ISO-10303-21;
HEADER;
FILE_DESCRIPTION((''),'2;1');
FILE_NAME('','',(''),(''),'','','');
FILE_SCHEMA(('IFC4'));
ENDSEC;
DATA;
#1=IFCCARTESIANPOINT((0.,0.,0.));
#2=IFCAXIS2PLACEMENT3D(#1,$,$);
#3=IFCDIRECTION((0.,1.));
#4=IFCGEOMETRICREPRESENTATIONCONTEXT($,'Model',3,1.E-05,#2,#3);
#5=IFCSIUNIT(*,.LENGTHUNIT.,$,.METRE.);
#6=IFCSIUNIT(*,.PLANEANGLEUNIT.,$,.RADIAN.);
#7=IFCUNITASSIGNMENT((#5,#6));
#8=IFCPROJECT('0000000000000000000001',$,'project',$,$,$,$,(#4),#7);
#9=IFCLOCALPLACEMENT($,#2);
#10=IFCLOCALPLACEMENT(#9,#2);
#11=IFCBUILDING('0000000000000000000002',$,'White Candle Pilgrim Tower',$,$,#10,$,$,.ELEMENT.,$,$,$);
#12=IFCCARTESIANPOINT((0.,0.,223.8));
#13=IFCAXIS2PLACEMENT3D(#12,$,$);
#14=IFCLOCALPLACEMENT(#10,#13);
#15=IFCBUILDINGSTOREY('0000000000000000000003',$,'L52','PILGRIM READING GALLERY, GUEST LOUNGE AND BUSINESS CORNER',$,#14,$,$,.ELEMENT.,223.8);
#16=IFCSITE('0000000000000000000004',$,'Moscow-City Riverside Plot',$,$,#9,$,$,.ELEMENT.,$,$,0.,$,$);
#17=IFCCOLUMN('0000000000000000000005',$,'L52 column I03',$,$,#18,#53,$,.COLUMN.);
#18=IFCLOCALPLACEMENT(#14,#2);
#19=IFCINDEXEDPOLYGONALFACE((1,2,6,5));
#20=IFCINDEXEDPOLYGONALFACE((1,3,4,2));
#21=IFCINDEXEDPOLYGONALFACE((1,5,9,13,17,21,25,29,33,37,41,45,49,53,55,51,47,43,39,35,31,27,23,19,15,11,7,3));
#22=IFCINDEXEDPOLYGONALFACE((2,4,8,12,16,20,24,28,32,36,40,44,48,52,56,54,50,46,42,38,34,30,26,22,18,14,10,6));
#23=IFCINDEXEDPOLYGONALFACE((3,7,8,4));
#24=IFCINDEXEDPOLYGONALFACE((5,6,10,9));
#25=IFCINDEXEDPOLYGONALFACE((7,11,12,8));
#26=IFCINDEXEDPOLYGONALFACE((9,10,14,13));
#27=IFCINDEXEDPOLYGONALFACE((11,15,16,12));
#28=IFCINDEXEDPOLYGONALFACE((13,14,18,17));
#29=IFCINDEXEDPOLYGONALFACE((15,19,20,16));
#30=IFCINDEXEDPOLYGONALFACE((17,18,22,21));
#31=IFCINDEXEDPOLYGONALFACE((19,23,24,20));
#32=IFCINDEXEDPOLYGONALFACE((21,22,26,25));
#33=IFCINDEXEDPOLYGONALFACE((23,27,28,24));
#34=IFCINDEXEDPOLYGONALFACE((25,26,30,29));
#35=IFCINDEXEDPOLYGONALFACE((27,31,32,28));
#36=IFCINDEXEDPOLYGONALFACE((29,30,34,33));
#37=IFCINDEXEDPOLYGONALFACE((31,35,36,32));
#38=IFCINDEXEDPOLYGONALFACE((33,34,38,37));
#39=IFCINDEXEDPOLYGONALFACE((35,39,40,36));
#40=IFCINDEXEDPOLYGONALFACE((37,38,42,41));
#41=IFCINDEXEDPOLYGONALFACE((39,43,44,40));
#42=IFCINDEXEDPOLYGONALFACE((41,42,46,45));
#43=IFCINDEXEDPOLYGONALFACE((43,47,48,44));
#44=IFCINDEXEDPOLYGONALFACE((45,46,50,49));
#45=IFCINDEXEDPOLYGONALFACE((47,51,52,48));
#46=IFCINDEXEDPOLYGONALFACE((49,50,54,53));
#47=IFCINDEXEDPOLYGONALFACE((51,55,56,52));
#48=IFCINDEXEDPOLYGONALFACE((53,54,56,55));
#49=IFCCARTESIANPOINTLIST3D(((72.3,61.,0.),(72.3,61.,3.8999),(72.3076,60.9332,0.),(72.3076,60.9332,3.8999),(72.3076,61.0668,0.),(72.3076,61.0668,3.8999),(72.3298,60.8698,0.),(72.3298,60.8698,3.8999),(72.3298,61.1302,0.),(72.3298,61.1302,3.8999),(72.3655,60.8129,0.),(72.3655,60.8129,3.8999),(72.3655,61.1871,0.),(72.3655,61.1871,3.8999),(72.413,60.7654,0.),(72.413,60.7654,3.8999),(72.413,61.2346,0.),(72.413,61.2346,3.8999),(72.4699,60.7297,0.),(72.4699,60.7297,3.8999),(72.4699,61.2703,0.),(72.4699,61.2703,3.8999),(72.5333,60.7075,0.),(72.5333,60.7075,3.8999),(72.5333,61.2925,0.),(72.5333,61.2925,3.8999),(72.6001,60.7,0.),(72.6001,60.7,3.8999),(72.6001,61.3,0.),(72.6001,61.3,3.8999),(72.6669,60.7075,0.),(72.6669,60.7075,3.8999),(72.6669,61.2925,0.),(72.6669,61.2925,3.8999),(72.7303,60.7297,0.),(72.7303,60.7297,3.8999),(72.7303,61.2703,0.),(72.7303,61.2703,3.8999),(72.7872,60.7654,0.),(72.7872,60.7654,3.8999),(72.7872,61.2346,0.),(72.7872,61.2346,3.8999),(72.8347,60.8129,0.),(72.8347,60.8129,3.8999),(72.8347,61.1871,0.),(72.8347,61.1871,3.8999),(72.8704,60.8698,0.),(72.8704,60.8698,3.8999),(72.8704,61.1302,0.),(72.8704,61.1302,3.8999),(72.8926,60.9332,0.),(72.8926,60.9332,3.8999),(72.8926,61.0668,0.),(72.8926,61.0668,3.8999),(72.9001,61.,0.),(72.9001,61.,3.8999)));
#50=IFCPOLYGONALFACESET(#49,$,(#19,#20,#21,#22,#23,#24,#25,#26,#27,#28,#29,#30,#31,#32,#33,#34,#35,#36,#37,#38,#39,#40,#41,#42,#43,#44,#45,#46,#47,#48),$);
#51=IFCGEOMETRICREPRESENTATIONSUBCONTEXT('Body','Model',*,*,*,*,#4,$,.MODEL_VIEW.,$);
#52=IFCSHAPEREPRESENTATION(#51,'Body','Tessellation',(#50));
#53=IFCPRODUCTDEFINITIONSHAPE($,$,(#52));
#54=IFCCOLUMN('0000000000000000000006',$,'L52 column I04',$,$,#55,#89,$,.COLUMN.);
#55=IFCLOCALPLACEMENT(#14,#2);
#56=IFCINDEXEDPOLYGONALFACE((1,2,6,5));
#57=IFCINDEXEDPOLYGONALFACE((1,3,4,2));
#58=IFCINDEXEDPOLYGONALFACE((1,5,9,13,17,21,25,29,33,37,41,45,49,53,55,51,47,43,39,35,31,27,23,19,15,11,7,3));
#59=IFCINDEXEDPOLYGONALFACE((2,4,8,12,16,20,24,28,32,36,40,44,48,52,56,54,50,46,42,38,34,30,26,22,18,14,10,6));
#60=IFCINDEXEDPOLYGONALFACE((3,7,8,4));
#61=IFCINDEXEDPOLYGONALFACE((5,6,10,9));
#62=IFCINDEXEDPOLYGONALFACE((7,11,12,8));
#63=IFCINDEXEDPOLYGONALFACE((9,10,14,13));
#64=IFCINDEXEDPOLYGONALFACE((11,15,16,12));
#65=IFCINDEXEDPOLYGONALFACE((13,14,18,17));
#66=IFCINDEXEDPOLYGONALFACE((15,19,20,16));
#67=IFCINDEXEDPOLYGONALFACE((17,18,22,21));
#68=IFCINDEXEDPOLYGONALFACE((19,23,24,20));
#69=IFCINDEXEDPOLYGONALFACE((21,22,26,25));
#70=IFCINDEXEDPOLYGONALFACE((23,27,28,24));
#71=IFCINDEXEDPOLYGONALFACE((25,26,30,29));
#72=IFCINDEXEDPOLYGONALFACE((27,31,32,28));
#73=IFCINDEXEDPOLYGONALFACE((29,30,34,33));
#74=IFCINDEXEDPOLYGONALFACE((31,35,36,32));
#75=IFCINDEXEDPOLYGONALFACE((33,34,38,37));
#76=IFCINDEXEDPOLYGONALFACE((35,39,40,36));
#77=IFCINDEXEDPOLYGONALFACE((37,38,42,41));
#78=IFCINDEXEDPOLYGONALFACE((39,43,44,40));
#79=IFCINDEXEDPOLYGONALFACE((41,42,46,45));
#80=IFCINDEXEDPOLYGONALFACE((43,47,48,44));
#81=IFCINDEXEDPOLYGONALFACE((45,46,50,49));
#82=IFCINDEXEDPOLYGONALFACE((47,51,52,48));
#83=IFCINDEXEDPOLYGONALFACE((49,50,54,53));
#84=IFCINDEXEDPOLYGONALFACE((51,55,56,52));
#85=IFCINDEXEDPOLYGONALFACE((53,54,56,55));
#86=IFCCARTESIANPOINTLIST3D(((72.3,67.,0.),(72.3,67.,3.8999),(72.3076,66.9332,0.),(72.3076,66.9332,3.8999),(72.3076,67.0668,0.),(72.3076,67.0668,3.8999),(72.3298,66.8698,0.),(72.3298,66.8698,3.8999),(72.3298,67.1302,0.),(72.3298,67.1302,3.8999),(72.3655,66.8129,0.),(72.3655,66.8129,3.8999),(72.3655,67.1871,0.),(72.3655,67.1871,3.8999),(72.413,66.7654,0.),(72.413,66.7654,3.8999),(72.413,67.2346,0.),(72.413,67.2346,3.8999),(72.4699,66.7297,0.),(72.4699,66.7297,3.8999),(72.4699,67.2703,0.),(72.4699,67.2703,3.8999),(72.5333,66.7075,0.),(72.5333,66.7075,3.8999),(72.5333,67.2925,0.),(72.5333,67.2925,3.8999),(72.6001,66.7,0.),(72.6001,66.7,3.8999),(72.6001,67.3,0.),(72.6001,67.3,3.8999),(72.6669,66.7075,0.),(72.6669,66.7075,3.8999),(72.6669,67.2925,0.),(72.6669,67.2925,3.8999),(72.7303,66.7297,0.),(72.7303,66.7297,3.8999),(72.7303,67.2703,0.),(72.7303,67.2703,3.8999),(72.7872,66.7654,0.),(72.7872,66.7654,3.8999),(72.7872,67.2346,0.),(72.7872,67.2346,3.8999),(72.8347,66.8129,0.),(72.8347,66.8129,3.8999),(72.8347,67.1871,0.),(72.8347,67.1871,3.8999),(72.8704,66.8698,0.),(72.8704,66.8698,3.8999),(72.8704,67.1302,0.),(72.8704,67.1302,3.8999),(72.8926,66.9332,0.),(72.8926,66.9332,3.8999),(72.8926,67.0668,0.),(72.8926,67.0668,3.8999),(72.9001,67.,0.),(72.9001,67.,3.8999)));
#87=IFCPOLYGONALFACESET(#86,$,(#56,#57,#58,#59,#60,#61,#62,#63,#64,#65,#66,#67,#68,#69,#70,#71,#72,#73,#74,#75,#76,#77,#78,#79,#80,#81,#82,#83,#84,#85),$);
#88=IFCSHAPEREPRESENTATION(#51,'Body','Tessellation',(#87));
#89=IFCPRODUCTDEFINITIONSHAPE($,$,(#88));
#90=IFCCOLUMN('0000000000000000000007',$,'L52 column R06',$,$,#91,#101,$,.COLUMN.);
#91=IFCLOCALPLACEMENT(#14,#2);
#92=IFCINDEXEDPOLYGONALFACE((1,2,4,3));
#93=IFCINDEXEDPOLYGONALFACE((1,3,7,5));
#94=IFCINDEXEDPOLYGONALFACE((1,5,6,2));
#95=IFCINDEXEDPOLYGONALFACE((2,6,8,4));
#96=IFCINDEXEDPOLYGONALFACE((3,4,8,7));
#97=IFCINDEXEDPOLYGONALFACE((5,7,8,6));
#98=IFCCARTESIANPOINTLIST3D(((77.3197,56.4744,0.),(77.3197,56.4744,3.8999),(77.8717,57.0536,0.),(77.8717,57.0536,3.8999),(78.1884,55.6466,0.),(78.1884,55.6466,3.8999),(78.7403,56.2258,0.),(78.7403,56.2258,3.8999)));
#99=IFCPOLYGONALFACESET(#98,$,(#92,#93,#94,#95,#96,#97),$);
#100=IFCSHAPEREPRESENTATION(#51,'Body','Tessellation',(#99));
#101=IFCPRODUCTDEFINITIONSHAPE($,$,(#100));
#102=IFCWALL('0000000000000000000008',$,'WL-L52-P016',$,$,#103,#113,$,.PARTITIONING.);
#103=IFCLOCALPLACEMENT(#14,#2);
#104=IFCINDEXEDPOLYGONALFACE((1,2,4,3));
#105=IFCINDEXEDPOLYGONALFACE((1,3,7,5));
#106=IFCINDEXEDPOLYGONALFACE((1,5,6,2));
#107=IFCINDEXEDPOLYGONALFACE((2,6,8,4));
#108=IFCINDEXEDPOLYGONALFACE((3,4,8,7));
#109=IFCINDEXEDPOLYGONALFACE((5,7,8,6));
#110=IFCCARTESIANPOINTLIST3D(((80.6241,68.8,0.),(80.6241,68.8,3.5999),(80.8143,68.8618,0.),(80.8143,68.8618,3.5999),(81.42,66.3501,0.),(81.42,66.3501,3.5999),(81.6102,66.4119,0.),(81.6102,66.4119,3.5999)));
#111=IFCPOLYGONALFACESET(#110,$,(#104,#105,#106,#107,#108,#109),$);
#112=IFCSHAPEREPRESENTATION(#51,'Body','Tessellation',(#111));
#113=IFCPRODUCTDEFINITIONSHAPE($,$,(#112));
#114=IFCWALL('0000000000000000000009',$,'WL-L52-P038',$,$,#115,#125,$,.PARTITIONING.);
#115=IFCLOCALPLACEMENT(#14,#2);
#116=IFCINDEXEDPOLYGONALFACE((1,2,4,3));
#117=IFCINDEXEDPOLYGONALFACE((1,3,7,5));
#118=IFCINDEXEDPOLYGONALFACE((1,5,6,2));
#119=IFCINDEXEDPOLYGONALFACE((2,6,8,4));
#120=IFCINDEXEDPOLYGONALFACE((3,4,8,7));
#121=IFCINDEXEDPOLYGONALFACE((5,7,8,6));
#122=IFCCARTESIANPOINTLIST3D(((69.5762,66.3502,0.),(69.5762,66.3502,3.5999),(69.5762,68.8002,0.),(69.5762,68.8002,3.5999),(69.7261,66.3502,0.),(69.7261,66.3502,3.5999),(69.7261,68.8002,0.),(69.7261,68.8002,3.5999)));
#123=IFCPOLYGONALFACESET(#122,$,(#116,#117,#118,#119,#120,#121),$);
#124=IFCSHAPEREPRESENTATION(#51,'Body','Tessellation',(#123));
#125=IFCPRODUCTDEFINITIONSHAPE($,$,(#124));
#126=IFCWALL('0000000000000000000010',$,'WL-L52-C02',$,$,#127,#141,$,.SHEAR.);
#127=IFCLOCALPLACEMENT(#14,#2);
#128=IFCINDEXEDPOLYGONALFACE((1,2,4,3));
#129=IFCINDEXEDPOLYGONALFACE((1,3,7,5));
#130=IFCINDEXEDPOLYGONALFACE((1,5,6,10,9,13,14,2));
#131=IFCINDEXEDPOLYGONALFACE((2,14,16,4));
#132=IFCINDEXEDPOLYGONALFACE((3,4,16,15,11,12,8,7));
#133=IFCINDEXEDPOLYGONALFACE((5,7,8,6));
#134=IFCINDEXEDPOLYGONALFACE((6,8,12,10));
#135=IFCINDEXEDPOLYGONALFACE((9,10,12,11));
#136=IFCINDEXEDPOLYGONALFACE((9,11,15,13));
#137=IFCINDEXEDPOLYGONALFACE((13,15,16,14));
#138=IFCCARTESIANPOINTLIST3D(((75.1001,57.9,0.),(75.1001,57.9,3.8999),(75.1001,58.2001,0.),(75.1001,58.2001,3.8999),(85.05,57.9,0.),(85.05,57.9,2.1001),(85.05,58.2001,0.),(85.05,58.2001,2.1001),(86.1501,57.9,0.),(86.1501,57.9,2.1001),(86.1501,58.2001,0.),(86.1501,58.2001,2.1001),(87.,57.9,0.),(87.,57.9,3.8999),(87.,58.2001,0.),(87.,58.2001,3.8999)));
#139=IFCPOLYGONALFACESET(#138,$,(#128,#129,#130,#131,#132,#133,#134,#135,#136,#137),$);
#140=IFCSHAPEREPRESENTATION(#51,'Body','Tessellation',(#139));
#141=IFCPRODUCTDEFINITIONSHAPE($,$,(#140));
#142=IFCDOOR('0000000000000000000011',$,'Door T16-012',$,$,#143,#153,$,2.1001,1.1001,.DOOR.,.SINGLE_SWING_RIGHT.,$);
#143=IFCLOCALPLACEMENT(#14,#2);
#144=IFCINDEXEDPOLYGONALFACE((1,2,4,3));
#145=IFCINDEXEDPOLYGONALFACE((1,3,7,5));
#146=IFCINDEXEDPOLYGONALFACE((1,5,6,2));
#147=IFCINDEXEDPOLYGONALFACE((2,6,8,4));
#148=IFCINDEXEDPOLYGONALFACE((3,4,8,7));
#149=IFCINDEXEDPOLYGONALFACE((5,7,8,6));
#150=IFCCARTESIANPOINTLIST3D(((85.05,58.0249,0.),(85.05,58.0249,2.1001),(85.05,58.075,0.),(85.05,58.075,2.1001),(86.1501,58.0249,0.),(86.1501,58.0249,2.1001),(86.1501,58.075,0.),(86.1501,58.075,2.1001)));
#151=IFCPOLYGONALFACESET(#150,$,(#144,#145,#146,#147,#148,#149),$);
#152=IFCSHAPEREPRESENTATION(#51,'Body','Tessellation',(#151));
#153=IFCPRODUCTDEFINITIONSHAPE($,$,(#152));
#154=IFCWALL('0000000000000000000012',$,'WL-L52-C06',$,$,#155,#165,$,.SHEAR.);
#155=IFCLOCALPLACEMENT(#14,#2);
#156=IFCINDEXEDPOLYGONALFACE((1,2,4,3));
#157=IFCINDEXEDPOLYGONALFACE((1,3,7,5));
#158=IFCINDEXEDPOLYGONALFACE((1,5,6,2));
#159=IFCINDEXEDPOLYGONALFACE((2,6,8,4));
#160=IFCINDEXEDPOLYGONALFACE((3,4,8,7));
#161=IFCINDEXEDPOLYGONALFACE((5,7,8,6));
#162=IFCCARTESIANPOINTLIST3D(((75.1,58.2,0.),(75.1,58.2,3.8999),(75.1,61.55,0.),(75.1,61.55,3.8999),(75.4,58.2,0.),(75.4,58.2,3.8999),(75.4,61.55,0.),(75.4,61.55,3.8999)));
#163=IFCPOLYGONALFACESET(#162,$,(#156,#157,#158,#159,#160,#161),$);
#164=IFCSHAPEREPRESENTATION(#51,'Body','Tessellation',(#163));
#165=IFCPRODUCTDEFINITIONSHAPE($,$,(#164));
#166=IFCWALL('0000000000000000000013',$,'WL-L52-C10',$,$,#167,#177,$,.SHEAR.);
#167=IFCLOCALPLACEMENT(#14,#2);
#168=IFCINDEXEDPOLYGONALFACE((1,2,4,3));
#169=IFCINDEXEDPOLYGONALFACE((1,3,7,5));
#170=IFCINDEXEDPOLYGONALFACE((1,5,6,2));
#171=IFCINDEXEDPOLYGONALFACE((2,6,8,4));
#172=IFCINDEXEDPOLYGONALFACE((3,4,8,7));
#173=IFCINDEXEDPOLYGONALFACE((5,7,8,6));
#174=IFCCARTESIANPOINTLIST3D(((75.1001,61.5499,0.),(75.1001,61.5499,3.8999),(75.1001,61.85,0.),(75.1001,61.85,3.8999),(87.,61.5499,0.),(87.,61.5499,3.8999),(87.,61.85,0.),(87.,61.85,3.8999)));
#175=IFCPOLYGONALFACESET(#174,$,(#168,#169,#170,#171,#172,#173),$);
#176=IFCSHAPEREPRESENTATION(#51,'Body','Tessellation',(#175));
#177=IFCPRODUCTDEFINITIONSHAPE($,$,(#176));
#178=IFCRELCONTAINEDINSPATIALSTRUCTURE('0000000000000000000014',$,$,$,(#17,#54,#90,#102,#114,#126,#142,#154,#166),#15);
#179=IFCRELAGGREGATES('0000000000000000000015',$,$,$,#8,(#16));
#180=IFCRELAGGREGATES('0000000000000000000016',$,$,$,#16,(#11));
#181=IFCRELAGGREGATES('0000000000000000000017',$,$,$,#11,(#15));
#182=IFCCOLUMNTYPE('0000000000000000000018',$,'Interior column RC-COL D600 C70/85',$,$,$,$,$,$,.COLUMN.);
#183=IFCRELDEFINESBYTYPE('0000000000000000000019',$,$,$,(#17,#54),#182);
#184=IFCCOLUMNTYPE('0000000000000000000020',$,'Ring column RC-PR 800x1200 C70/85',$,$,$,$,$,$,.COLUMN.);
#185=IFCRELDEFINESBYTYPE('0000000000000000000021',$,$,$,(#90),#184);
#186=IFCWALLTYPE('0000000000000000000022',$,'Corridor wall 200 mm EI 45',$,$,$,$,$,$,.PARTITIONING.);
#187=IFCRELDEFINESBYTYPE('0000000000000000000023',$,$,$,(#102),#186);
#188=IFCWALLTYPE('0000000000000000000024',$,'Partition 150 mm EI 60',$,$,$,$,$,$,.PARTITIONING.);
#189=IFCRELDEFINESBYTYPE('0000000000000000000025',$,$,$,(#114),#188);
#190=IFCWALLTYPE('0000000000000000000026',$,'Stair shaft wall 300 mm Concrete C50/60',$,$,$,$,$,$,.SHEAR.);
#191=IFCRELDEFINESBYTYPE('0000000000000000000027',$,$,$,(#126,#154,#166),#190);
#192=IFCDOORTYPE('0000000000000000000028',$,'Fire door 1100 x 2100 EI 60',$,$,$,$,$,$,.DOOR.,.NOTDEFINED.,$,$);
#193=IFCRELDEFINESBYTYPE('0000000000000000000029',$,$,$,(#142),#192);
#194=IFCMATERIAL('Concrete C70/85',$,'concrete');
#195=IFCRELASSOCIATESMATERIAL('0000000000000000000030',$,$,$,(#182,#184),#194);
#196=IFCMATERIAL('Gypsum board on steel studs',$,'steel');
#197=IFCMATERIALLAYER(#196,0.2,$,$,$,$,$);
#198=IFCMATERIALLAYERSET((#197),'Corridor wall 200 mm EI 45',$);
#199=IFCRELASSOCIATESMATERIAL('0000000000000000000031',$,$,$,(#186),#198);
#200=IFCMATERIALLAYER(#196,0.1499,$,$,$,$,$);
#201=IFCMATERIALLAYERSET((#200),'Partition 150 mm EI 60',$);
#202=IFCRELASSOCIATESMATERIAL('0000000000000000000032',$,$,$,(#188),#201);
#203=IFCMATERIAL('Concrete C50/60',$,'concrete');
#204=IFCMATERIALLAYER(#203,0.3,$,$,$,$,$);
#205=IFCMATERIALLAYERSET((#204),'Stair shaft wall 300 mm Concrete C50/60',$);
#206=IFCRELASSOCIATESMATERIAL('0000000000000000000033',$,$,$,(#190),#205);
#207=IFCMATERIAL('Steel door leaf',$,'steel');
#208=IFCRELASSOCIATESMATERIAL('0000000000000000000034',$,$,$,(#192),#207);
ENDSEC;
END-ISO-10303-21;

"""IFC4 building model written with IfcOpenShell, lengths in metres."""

from ifc_helpers import new_model, si_unit, direction, frame, frame_2d, origin, origin_2d, place, context, subcontext, project, spatial, rectangle, circle, extrude, material, layer, layer_set, material_profile, profile_set, type_object, element, fill, save


model = new_model("IFC4")

# Units and contexts
model_context = context("Model", 3, precision=1e-05, world=origin(), true_north=direction((0.0, 1.0)))
body_context = subcontext(model_context, "Body", "Model", "MODEL_VIEW")
ifc_project = project(units=[si_unit("LENGTHUNIT", "METRE"), si_unit("PLANEANGLEUNIT", "RADIAN")], contexts=[model_context])

# Site, building, storey
site_placement = place(None, origin())
site = spatial("IfcSite", under=ifc_project, at=site_placement, Name="Moscow-City Riverside Plot", CompositionType="ELEMENT", RefElevation=0.0)
building_placement = place(site_placement, origin())
building = spatial("IfcBuilding", under=site, at=building_placement, Name="White Candle Pilgrim Tower", CompositionType="ELEMENT")
storey_placement = place(building_placement, frame((0.0, 0.0, 223.8)))
storey = spatial("IfcBuildingStorey", under=building, at=storey_placement, Name="L52", Description="PILGRIM READING GALLERY, GUEST LOUNGE AND BUSINESS CORNER", CompositionType="ELEMENT", Elevation=223.8)

# Columns
ifc_material_1 = material(Name="Concrete C70/85", Category="concrete")
ifc_material_profile_1 = material_profile(ifc_material_1, circle(Radius=0.3, at=origin_2d()), Name="RC-COL D600")
ifc_profile_set_1 = profile_set([ifc_material_profile_1], Name="Concrete C70/85")
column_type_1 = type_object("IfcColumnType", Name="Interior column RC-COL D600 C70/85", PredefinedType="COLUMN", material=ifc_profile_set_1)
for number, where, z_axis, x_axis, name in (
    (1, (72.6001, 61.0, 0.0), (0.0, 0.0, 1.0), (1.0, 0.0, 0.0), "L52 column I03"),
    (2, (72.6001, 67.0, 0.0), (0.0, 0.0, 1.0), (1.0, 0.0, 0.0), "L52 column I04"),
):
    element("IfcColumn", number, at=place(storey_placement, frame(where, z_axis=z_axis, x_axis=x_axis)), inside=storey, type_object=column_type_1, Name=name, PredefinedType="COLUMN", context=body_context, shape_type="SweptSolid", body=[
        extrude(circle(Radius=0.3, at=origin_2d()), origin(), (0.0, 0.0, 1.0), 3.8999),
    ])
ifc_material_profile_2 = material_profile(ifc_material_1, rectangle(XDim=0.8, YDim=1.2, at=origin_2d()), Name="RC-PR 800x1200")
ifc_profile_set_2 = profile_set([ifc_material_profile_2], Name="Concrete C70/85")
column_type_2 = type_object("IfcColumnType", Name="Ring column RC-PR 800x1200 C70/85", PredefinedType="COLUMN", material=ifc_profile_set_2)
column_placement = place(storey_placement, frame((78.03, 56.3501, 0.0), z_axis=(0.0, 0.0, 1.0), x_axis=(-0.689872, -0.723931, 0.0)))
element("IfcColumn", 3, at=column_placement, inside=storey, type_object=column_type_2, Name="L52 column R06", PredefinedType="COLUMN", context=body_context, shape_type="SweptSolid", body=[
    extrude(rectangle(XDim=0.8, YDim=1.2, at=origin_2d()), origin(), (0.0, 0.0, 1.0), 3.8999),
])

# Walls
ifc_material_2 = material(Name="Gypsum board on steel studs", Category="steel")
ifc_layer_1 = layer(ifc_material_2, 0.2)
ifc_layer_set_1 = layer_set([ifc_layer_1], Name="Corridor wall 200 mm EI 45")
wall_type_1 = type_object("IfcWallType", Name="Corridor wall 200 mm EI 45", PredefinedType="PARTITIONING", material=ifc_layer_set_1)
wall_1_placement = place(storey_placement, frame((81.5151, 66.3809, 0.0), z_axis=(0.0, 0.0, 1.0), x_axis=(-0.308968, 0.951072, 0.0)))
element("IfcWall", 4, at=wall_1_placement, inside=storey, type_object=wall_type_1, Name="WL-L52-P016", PredefinedType="PARTITIONING", context=body_context, shape_type="SweptSolid", body=[
    extrude(rectangle(XDim=2.5759, YDim=0.2, at=frame_2d((1.2881, 0.0))), origin(), (0.0, 0.0, 1.0), 3.5999),
])
ifc_layer_2 = layer(ifc_material_2, 0.1499)
ifc_layer_set_2 = layer_set([ifc_layer_2], Name="Partition 150 mm EI 60")
wall_type_2 = type_object("IfcWallType", Name="Partition 150 mm EI 60", PredefinedType="PARTITIONING", material=ifc_layer_set_2)
wall_2_placement = place(storey_placement, frame((69.6511, 66.3501, 0.0), z_axis=(0.0, 0.0, 1.0), x_axis=(0.0, 1.0, 0.0)))
element("IfcWall", 5, at=wall_2_placement, inside=storey, type_object=wall_type_2, Name="WL-L52-P038", PredefinedType="PARTITIONING", context=body_context, shape_type="SweptSolid", body=[
    extrude(rectangle(XDim=2.45, YDim=0.1499, at=frame_2d((1.2251, 0.0))), origin(), (0.0, 0.0, 1.0), 3.5999),
])

# Wall, opening, door
ifc_material_3 = material(Name="Concrete C50/60", Category="concrete")
ifc_layer_3 = layer(ifc_material_3, 0.3)
ifc_layer_set_3 = layer_set([ifc_layer_3], Name="Stair shaft wall 300 mm Concrete C50/60")
wall_type_3 = type_object("IfcWallType", Name="Stair shaft wall 300 mm Concrete C50/60", PredefinedType="SHEAR", material=ifc_layer_set_3)
wall_3_placement = place(storey_placement, frame((75.1001, 58.05, 0.0), z_axis=(0.0, 0.0, 1.0), x_axis=(1.0, 0.0, 0.0)))
wall_3 = element("IfcWall", 6, at=wall_3_placement, inside=storey, type_object=wall_type_3, Name="WL-L52-C02", PredefinedType="SHEAR", context=body_context, shape_type="SweptSolid", body=[
    extrude(rectangle(XDim=11.8999, YDim=0.3, at=frame_2d((5.95, 0.0))), origin(), (0.0, 0.0, 1.0), 3.8999),
])
opening_placement = place(wall_3_placement, frame((9.95, 0.0, 0.0)))
opening = element("IfcOpeningElement", 7, at=opening_placement, cuts=wall_3, PredefinedType="OPENING", context=body_context, shape_type="SweptSolid", body=[
    extrude(rectangle(XDim=1.1001, YDim=2.1001, at=frame_2d((0.55, 1.05))), frame((0.0, 0.1599, 0.0), z_axis=(0.0, -1.0, 0.0), x_axis=(1.0, 0.0, 0.0)), (0.0, 0.0, 1.0), 0.3201),
])
ifc_material_4 = material(Name="Steel door leaf", Category="steel")
door_type = type_object("IfcDoorType", Name="Fire door 1100 x 2100 EI 60", OperationType="NOTDEFINED", PredefinedType="DOOR", material=ifc_material_4)
door_placement = place(opening_placement, origin())
door = element("IfcDoor", 8, at=door_placement, inside=storey, type_object=door_type, Name="Door T16-012", OperationType="SINGLE_SWING_RIGHT", OverallHeight=2.1001, OverallWidth=1.1001, PredefinedType="DOOR", context=body_context, shape_type="SweptSolid", body=[
    extrude(rectangle(XDim=1.1001, YDim=2.1001, at=frame_2d((0.55, 1.05))), frame((0.0, 0.0249, 0.0), z_axis=(0.0, -1.0, 0.0), x_axis=(1.0, 0.0, 0.0)), (0.0, 0.0, 1.0), 0.05),
])
fill(opening, door)

# Walls
wall_4_placement = place(storey_placement, frame((75.25, 58.2, 0.0), z_axis=(0.0, 0.0, 1.0), x_axis=(0.0, 1.0, 0.0)))
element("IfcWall", 9, at=wall_4_placement, inside=storey, type_object=wall_type_3, Name="WL-L52-C06", PredefinedType="SHEAR", context=body_context, shape_type="SweptSolid", body=[
    extrude(rectangle(XDim=3.3501, YDim=0.3, at=frame_2d((1.675, 0.0))), origin(), (0.0, 0.0, 1.0), 3.8999),
])
wall_5_placement = place(storey_placement, frame((75.1001, 61.7, 0.0), z_axis=(0.0, 0.0, 1.0), x_axis=(1.0, 0.0, 0.0)))
element("IfcWall", 10, at=wall_5_placement, inside=storey, type_object=wall_type_3, Name="WL-L52-C10", PredefinedType="SHEAR", context=body_context, shape_type="SweptSolid", body=[
    extrude(rectangle(XDim=11.8999, YDim=0.3, at=frame_2d((5.95, 0.0))), origin(), (0.0, 0.0, 1.0), 3.8999),
])

save(model, "model.ifc")
